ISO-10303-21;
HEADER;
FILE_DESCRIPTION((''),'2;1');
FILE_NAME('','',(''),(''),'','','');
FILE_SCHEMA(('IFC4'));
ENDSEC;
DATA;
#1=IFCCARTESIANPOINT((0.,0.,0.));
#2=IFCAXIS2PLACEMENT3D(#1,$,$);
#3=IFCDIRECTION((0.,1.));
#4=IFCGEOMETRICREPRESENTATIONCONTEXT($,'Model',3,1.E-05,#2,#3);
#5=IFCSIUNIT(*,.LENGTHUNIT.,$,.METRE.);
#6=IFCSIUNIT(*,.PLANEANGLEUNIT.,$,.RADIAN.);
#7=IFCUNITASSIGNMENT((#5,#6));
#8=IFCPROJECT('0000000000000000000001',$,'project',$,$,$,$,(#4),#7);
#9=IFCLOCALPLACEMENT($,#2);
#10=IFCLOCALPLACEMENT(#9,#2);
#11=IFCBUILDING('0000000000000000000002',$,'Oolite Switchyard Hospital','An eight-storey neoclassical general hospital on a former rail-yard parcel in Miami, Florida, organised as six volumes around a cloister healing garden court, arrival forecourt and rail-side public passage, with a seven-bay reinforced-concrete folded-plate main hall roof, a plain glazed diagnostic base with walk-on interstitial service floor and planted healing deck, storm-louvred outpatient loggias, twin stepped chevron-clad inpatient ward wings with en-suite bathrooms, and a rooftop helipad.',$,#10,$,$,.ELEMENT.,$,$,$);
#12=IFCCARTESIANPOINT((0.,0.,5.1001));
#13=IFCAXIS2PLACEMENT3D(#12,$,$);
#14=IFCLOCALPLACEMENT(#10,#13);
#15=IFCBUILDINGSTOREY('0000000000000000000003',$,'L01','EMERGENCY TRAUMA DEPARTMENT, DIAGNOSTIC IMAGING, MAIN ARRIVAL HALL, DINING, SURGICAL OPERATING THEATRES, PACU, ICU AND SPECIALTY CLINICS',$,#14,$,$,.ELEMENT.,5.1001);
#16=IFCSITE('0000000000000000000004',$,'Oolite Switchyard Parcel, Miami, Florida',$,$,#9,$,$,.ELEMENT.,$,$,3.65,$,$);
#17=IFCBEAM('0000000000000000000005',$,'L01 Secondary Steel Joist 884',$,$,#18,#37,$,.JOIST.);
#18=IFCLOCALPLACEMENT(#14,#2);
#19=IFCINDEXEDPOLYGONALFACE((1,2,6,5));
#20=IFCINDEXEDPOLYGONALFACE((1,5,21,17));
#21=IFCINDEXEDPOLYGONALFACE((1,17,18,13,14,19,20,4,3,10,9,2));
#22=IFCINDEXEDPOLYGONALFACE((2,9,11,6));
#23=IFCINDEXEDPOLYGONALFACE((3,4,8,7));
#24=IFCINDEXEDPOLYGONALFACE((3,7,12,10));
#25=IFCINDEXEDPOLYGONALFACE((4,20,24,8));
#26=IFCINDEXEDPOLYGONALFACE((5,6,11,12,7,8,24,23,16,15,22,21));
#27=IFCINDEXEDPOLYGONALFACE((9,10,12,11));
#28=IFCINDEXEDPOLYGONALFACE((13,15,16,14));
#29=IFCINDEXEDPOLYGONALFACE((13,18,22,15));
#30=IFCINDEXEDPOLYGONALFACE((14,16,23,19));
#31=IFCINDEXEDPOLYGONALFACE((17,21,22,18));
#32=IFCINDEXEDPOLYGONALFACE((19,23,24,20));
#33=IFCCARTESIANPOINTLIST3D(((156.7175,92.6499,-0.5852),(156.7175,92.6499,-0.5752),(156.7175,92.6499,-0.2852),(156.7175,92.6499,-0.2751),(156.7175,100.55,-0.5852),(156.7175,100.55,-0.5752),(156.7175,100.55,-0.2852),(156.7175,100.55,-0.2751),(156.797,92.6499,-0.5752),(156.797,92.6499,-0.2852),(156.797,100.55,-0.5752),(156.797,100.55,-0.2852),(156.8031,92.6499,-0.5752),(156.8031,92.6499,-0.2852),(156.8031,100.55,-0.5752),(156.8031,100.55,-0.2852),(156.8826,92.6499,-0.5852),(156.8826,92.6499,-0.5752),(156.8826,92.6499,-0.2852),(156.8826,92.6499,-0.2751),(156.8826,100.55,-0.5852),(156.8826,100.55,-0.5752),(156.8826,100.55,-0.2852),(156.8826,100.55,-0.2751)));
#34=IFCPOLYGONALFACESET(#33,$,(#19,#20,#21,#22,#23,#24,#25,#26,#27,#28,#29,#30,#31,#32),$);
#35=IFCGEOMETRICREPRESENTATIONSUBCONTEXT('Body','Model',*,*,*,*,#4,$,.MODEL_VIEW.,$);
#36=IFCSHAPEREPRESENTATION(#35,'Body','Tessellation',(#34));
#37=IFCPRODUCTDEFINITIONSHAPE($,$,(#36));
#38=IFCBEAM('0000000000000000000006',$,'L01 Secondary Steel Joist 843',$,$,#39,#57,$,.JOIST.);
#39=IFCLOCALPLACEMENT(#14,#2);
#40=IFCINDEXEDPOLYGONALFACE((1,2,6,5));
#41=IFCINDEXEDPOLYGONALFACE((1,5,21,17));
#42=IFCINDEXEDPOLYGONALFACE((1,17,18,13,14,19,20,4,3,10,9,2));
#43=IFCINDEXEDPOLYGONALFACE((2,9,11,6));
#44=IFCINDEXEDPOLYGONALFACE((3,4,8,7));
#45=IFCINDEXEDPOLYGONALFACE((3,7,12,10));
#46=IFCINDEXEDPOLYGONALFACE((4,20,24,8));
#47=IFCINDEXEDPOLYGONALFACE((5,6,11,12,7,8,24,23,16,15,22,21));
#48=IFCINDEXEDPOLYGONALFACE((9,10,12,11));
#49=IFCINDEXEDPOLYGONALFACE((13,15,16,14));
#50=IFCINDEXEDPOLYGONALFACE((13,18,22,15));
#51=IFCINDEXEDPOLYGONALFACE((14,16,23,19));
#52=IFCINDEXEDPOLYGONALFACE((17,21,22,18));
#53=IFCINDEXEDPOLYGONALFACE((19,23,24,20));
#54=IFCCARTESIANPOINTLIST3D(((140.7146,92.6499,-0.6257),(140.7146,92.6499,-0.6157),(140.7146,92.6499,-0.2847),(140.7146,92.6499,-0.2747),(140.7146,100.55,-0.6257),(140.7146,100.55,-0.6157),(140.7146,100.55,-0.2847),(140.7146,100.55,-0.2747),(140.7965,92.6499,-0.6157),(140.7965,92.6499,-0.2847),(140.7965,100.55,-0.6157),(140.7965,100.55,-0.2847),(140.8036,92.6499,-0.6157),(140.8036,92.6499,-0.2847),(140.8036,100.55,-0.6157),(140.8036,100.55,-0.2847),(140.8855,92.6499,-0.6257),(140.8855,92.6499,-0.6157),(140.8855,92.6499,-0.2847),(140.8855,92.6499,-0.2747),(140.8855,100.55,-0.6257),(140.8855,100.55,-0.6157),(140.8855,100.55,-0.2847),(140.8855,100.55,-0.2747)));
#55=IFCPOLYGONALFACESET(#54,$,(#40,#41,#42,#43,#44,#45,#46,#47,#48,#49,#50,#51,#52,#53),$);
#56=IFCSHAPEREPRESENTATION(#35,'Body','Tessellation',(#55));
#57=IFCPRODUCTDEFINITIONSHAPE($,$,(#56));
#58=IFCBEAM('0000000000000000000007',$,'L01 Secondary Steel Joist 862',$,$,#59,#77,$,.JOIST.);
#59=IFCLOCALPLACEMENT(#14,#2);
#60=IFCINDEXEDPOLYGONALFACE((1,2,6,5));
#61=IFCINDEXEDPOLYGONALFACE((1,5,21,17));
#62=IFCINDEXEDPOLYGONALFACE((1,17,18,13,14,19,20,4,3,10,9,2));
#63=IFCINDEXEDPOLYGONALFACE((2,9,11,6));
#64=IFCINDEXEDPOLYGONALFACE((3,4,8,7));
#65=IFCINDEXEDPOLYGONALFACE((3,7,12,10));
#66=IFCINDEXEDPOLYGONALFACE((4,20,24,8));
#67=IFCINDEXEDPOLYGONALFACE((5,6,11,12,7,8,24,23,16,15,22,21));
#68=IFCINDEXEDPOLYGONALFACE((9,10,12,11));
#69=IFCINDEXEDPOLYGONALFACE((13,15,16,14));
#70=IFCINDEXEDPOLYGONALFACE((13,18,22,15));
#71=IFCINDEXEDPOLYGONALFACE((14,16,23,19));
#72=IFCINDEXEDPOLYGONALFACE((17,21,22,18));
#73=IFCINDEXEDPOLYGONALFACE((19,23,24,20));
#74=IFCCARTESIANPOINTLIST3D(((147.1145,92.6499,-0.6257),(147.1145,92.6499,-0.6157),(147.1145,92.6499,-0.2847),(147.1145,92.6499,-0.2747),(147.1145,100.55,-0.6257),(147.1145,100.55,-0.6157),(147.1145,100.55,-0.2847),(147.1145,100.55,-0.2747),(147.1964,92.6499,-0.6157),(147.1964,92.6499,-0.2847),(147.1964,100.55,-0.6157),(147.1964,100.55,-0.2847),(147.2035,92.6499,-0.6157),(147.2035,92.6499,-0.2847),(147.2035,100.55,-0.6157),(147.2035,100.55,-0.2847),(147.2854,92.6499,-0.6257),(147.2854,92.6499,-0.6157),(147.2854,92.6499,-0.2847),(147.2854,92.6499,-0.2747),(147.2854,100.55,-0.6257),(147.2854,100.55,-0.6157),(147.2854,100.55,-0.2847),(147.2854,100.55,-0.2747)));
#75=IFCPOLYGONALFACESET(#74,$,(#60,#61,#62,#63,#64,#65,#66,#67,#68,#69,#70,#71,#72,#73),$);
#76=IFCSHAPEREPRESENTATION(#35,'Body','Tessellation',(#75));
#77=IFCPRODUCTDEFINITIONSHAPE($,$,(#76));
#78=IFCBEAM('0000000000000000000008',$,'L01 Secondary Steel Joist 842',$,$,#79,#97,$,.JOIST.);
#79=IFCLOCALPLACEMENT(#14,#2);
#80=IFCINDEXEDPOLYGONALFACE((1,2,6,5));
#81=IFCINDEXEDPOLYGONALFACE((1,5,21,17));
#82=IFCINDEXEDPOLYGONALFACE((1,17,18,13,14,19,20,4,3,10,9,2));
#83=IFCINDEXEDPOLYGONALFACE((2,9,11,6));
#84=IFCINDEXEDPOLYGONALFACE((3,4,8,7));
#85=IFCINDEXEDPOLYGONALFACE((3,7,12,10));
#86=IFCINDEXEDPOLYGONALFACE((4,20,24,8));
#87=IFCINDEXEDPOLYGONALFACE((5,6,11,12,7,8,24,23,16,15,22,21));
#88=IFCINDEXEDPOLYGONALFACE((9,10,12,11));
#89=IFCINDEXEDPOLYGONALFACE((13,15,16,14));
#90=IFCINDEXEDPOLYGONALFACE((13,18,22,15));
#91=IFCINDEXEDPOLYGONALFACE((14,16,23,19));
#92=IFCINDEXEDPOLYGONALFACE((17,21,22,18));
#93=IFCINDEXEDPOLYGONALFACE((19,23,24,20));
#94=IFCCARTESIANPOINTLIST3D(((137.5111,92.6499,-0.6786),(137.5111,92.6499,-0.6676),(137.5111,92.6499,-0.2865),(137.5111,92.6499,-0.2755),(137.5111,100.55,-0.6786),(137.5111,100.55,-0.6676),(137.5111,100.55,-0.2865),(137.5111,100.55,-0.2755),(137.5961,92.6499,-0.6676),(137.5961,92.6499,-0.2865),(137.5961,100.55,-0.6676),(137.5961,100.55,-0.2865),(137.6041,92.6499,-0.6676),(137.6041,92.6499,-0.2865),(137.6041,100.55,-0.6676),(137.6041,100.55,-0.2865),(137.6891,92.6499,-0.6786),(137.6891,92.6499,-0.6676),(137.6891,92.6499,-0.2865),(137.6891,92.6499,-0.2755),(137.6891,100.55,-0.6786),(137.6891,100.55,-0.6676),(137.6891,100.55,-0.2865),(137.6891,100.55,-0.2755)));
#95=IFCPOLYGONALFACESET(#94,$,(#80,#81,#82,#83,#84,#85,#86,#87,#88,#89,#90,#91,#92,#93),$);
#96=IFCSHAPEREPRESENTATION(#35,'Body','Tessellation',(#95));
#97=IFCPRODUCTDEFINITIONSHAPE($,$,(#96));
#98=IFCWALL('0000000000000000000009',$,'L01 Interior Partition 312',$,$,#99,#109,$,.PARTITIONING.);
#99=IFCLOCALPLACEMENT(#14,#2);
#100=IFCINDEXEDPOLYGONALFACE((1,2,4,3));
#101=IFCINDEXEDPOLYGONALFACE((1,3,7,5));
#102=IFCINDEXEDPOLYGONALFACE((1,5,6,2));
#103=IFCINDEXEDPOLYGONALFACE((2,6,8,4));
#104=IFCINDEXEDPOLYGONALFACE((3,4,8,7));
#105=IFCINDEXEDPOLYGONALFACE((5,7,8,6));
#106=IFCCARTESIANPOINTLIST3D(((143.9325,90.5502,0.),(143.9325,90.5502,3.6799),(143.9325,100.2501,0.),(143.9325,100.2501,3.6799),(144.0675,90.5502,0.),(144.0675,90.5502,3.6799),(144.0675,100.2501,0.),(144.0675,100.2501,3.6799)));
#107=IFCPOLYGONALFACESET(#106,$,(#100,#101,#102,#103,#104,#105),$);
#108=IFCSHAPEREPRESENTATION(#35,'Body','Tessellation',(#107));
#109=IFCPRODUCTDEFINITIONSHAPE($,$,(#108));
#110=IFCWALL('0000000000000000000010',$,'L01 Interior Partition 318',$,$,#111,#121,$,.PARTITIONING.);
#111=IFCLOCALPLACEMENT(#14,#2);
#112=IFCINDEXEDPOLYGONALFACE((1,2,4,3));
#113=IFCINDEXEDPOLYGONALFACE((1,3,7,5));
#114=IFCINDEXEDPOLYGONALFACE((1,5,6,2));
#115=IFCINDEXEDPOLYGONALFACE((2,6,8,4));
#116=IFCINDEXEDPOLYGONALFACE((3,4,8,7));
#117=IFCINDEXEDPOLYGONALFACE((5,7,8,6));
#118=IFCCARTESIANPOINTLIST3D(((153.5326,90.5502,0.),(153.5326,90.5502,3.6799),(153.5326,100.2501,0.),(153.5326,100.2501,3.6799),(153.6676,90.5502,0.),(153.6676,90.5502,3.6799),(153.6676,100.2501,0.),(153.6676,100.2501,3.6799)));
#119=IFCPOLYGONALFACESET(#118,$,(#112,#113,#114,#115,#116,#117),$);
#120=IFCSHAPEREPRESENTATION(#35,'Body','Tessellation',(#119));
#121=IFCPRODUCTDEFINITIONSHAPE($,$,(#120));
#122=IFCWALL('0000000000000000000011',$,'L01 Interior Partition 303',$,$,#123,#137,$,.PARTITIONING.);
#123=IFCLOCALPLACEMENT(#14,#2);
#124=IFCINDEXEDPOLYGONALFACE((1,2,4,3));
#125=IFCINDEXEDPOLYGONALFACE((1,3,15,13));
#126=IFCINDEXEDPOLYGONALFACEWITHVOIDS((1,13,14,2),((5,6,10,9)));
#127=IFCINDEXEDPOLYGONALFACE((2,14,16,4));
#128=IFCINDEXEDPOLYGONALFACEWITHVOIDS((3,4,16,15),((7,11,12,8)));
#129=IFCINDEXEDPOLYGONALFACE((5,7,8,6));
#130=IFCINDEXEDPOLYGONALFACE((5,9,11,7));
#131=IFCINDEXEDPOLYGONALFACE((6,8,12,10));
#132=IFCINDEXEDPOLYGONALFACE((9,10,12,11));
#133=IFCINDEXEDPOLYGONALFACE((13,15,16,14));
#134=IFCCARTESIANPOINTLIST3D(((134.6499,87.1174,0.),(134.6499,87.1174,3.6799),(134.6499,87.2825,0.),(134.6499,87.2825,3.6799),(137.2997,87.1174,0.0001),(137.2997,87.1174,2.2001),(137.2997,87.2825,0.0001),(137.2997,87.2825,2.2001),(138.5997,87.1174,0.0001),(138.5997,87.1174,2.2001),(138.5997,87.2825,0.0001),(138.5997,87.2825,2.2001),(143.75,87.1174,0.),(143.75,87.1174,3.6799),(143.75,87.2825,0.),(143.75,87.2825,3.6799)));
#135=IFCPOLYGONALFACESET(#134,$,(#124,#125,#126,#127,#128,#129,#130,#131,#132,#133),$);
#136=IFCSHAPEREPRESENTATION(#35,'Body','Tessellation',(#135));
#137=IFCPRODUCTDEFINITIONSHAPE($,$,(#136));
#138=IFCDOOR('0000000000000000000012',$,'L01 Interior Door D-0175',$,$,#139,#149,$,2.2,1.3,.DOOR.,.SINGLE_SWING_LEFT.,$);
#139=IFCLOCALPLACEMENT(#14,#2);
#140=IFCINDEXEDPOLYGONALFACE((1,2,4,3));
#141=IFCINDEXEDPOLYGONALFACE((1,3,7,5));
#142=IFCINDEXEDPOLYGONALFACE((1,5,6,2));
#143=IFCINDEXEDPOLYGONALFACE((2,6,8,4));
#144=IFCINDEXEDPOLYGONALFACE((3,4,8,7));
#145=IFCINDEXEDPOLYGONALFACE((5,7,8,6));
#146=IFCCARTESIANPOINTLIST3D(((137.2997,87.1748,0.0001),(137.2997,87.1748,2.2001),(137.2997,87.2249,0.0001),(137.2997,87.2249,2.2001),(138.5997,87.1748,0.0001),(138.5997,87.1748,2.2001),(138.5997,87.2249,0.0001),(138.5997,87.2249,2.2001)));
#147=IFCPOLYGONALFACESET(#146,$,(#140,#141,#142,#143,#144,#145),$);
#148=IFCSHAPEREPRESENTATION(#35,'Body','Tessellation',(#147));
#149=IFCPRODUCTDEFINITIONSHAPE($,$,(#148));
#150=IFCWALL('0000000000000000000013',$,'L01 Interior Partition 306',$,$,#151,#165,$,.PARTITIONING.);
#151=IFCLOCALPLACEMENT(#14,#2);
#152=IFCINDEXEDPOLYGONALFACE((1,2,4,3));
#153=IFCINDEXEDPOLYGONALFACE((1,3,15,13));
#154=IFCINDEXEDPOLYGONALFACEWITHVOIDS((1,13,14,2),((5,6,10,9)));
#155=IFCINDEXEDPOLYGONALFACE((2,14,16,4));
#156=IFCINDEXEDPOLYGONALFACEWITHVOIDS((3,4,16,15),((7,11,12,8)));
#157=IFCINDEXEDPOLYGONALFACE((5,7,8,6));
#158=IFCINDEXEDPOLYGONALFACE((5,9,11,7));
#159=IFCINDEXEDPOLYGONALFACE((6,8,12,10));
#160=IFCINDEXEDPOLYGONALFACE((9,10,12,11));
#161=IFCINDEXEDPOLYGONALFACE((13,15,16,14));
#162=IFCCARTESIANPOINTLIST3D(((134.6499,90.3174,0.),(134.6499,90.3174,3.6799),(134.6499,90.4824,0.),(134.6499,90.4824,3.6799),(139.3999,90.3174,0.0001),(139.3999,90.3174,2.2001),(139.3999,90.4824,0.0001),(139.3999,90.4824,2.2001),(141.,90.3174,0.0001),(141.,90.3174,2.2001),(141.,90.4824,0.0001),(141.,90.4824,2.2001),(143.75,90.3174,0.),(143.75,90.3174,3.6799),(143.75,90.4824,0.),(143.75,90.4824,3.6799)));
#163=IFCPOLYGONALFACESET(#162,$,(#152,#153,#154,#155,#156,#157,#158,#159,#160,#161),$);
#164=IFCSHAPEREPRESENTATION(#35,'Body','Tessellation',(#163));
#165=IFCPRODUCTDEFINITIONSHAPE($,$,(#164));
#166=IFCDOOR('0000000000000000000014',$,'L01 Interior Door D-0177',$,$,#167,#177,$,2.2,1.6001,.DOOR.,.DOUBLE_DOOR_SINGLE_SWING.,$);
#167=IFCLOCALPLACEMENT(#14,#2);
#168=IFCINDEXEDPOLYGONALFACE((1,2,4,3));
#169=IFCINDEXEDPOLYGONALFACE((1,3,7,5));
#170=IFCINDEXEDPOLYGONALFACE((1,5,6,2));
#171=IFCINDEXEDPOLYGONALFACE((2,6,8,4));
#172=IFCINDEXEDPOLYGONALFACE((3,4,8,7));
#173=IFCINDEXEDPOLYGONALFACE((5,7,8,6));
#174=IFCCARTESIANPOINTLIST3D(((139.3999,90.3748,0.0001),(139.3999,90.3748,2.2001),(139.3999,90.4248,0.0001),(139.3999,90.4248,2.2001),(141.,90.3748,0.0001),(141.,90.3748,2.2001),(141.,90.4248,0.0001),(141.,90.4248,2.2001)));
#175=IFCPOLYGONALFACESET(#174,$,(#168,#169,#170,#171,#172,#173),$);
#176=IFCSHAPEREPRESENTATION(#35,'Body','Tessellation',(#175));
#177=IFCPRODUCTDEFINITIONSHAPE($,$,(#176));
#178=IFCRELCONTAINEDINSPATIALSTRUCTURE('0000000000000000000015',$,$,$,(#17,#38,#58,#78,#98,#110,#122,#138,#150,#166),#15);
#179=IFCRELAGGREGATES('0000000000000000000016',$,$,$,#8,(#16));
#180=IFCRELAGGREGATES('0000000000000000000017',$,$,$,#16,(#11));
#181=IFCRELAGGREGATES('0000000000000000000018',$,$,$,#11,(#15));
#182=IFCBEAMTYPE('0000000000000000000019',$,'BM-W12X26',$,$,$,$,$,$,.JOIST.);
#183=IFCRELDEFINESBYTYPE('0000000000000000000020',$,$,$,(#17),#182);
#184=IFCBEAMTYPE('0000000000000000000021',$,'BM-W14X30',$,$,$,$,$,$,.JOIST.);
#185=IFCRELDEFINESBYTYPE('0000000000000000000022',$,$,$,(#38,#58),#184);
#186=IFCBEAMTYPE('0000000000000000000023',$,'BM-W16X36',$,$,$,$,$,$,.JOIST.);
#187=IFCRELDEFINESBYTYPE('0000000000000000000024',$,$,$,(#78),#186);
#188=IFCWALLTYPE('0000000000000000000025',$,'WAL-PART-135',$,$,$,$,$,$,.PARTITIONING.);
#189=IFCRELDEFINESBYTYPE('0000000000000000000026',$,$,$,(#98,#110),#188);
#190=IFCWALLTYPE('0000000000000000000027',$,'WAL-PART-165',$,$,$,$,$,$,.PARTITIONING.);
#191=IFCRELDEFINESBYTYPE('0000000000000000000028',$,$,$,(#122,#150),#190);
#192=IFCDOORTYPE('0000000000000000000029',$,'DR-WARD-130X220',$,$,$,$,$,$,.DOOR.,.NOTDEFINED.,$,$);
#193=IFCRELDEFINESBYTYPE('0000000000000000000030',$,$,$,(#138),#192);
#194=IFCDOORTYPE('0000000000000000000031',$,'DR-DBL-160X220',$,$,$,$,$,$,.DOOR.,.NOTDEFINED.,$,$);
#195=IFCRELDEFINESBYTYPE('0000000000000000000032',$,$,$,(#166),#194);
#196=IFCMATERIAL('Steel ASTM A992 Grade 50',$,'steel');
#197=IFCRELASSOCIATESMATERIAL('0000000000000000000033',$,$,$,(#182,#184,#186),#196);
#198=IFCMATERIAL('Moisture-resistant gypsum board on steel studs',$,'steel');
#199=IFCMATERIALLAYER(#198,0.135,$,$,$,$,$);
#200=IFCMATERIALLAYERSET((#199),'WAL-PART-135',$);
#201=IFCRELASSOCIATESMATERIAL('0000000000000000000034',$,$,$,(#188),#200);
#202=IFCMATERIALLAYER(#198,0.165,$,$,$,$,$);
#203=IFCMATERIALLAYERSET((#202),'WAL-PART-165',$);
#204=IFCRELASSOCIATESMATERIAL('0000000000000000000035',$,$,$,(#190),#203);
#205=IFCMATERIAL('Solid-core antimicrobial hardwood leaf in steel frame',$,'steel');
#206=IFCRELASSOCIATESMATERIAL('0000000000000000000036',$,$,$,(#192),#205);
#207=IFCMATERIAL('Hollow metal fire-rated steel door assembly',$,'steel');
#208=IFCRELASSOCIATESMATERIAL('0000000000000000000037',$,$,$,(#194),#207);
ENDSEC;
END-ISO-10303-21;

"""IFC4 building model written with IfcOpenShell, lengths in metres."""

from ifc_helpers import new_model, si_unit, direction, frame, frame_2d, origin, origin_2d, place, context, subcontext, project, spatial, rectangle, i_section, extrude, material, layer, layer_set, material_profile, profile_set, type_object, element, fill, save


model = new_model("IFC4")

# Units and contexts
model_context = context("Model", 3, precision=1e-05, world=origin(), true_north=direction((0.0, 1.0)))
body_context = subcontext(model_context, "Body", "Model", "MODEL_VIEW")
ifc_project = project(units=[si_unit("LENGTHUNIT", "METRE"), si_unit("PLANEANGLEUNIT", "RADIAN")], contexts=[model_context])

# Site, building, storey
site_placement = place(None, origin())
site = spatial("IfcSite", under=ifc_project, at=site_placement, Name="Oolite Switchyard Parcel, Miami, Florida", CompositionType="ELEMENT", RefElevation=3.65)
building_placement = place(site_placement, origin())
building = spatial("IfcBuilding", under=site, at=building_placement, Name="Oolite Switchyard Hospital", Description="An eight-storey neoclassical general hospital on a former rail-yard parcel in Miami, Florida, organised as six volumes around a cloister healing garden court, arrival forecourt and rail-side public passage, with a seven-bay reinforced-concrete folded-plate main hall roof, a plain glazed diagnostic base with walk-on interstitial service floor and planted healing deck, storm-louvred outpatient loggias, twin stepped chevron-clad inpatient ward wings with en-suite bathrooms, and a rooftop helipad.", CompositionType="ELEMENT")
storey_placement = place(building_placement, frame((0.0, 0.0, 5.1001)))
storey = spatial("IfcBuildingStorey", under=building, at=storey_placement, Name="L01", Description="EMERGENCY TRAUMA DEPARTMENT, DIAGNOSTIC IMAGING, MAIN ARRIVAL HALL, DINING, SURGICAL OPERATING THEATRES, PACU, ICU AND SPECIALTY CLINICS", CompositionType="ELEMENT", Elevation=5.1001)

# Beams
ifc_material_1 = material(Name="Steel ASTM A992 Grade 50", Category="steel")
ifc_material_profile_1 = material_profile(ifc_material_1, i_section(OverallWidth=0.165, OverallDepth=0.3101, WebThickness=0.0061, FlangeThickness=0.01, at=origin_2d()), Name="W12X26")
ifc_profile_set_1 = profile_set([ifc_material_profile_1], Name="Steel ASTM A992 Grade 50")
beam_type_1 = type_object("IfcBeamType", Name="BM-W12X26", PredefinedType="JOIST", material=ifc_profile_set_1)
for number, where, z_axis, x_axis, name in (
    (1, (156.8, 92.6499, -0.4302), (0.0, 1.0, 0.0), (-1.0, 0.0, 0.0), "L01 Secondary Steel Joist 884"),
):
    element("IfcBeam", number, at=place(storey_placement, frame(where, z_axis=z_axis, x_axis=x_axis)), inside=storey, type_object=beam_type_1, Name=name, PredefinedType="JOIST", context=body_context, shape_type="SweptSolid", body=[
        extrude(i_section(OverallWidth=0.165, OverallDepth=0.3101, WebThickness=0.0061, FlangeThickness=0.01, at=origin_2d()), origin(), (0.0, 0.0, 1.0), 7.9001),
    ])
ifc_material_profile_2 = material_profile(ifc_material_1, i_section(OverallWidth=0.1709, OverallDepth=0.3511, WebThickness=0.0071, FlangeThickness=0.01, at=origin_2d()), Name="W14X30")
ifc_profile_set_2 = profile_set([ifc_material_profile_2], Name="Steel ASTM A992 Grade 50")
beam_type_2 = type_object("IfcBeamType", Name="BM-W14X30", PredefinedType="JOIST", material=ifc_profile_set_2)
for number, where, z_axis, x_axis, name in (
    (2, (140.8, 92.6499, -0.4502), (0.0, 1.0, 0.0), (-1.0, 0.0, 0.0), "L01 Secondary Steel Joist 843"),
    (3, (147.2, 92.6499, -0.4502), (0.0, 1.0, 0.0), (-1.0, 0.0, 0.0), "L01 Secondary Steel Joist 862"),
):
    element("IfcBeam", number, at=place(storey_placement, frame(where, z_axis=z_axis, x_axis=x_axis)), inside=storey, type_object=beam_type_2, Name=name, PredefinedType="JOIST", context=body_context, shape_type="SweptSolid", body=[
        extrude(i_section(OverallWidth=0.1709, OverallDepth=0.3511, WebThickness=0.0071, FlangeThickness=0.01, at=origin_2d()), origin(), (0.0, 0.0, 1.0), 7.9001),
    ])
ifc_material_profile_3 = material_profile(ifc_material_1, i_section(OverallWidth=0.178, OverallDepth=0.4031, WebThickness=0.0081, FlangeThickness=0.011, at=origin_2d()), Name="W16X36")
ifc_profile_set_3 = profile_set([ifc_material_profile_3], Name="Steel ASTM A992 Grade 50")
beam_type_3 = type_object("IfcBeamType", Name="BM-W16X36", PredefinedType="JOIST", material=ifc_profile_set_3)
beam_1_placement = place(storey_placement, frame((137.6001, 92.6499, -0.4771), z_axis=(0.0, 1.0, 0.0), x_axis=(-1.0, 0.0, 0.0)))
element("IfcBeam", 4, at=beam_1_placement, inside=storey, type_object=beam_type_3, Name="L01 Secondary Steel Joist 842", PredefinedType="JOIST", context=body_context, shape_type="SweptSolid", body=[
    extrude(i_section(OverallWidth=0.178, OverallDepth=0.4031, WebThickness=0.0081, FlangeThickness=0.011, at=origin_2d()), origin(), (0.0, 0.0, 1.0), 7.9001),
])

# Walls
ifc_material_2 = material(Name="Moisture-resistant gypsum board on steel studs", Category="steel")
ifc_layer_1 = layer(ifc_material_2, 0.135)
ifc_layer_set_1 = layer_set([ifc_layer_1], Name="WAL-PART-135")
wall_type_1 = type_object("IfcWallType", Name="WAL-PART-135", PredefinedType="PARTITIONING", material=ifc_layer_set_1)
for number, where, z_axis, x_axis, name in (
    (5, (144.0, 90.55, 0.0), (0.0, 0.0, 1.0), (0.0, 1.0, 0.0), "L01 Interior Partition 312"),
    (6, (153.6001, 90.55, 0.0), (0.0, 0.0, 1.0), (0.0, 1.0, 0.0), "L01 Interior Partition 318"),
):
    element("IfcWall", number, at=place(storey_placement, frame(where, z_axis=z_axis, x_axis=x_axis)), inside=storey, type_object=wall_type_1, Name=name, PredefinedType="PARTITIONING", context=body_context, shape_type="SweptSolid", body=[
        extrude(rectangle(XDim=9.7, YDim=0.135, at=frame_2d((4.8501, 0.0))), origin(), (0.0, 0.0, 1.0), 3.6799),
    ])

# Walls, openings, doors
ifc_layer_2 = layer(ifc_material_2, 0.165)
ifc_layer_set_2 = layer_set([ifc_layer_2], Name="WAL-PART-165")
wall_type_2 = type_object("IfcWallType", Name="WAL-PART-165", PredefinedType="PARTITIONING", material=ifc_layer_set_2)
wall_1_placement = place(storey_placement, frame((134.6499, 87.2, 0.0), z_axis=(0.0, 0.0, 1.0), x_axis=(1.0, 0.0, 0.0)))
wall_1 = element("IfcWall", 7, at=wall_1_placement, inside=storey, type_object=wall_type_2, Name="L01 Interior Partition 303", PredefinedType="PARTITIONING", context=body_context, shape_type="SweptSolid", body=[
    extrude(rectangle(XDim=9.1001, YDim=0.165, at=frame_2d((4.55, 0.0))), origin(), (0.0, 0.0, 1.0), 3.6799),
])
opening_1_placement = place(wall_1_placement, frame((2.6499, 0.0, 0.0)))
opening_1 = element("IfcOpeningElement", 8, at=opening_1_placement, cuts=wall_1, PredefinedType="OPENING", context=body_context, shape_type="SweptSolid", body=[
    extrude(rectangle(XDim=1.3, YDim=2.2, at=frame_2d((0.6499, 1.1001))), frame((0.0, 0.0925, 0.0), z_axis=(0.0, -1.0, 0.0), x_axis=(1.0, 0.0, 0.0)), (0.0, 0.0, 1.0), 0.1851),
])
ifc_material_3 = material(Name="Solid-core antimicrobial hardwood leaf in steel frame", Category="steel")
door_type_1 = type_object("IfcDoorType", Name="DR-WARD-130X220", OperationType="NOTDEFINED", PredefinedType="DOOR", material=ifc_material_3)
door_1_placement = place(opening_1_placement, origin())
door_1 = element("IfcDoor", 9, at=door_1_placement, inside=storey, type_object=door_type_1, Name="L01 Interior Door D-0175", OperationType="SINGLE_SWING_LEFT", OverallHeight=2.2, OverallWidth=1.3, PredefinedType="DOOR", context=body_context, shape_type="SweptSolid", body=[
    extrude(rectangle(XDim=1.3, YDim=2.2, at=frame_2d((0.6499, 1.1001))), frame((0.0, 0.0249, 0.0), z_axis=(0.0, -1.0, 0.0), x_axis=(1.0, 0.0, 0.0)), (0.0, 0.0, 1.0), 0.05),
])
fill(opening_1, door_1)
wall_2_placement = place(storey_placement, frame((134.6499, 90.3999, 0.0), z_axis=(0.0, 0.0, 1.0), x_axis=(1.0, 0.0, 0.0)))
wall_2 = element("IfcWall", 10, at=wall_2_placement, inside=storey, type_object=wall_type_2, Name="L01 Interior Partition 306", PredefinedType="PARTITIONING", context=body_context, shape_type="SweptSolid", body=[
    extrude(rectangle(XDim=9.1001, YDim=0.165, at=frame_2d((4.55, 0.0))), origin(), (0.0, 0.0, 1.0), 3.6799),
])
opening_2_placement = place(wall_2_placement, frame((4.75, 0.0, 0.0)))
opening_2 = element("IfcOpeningElement", 11, at=opening_2_placement, cuts=wall_2, PredefinedType="OPENING", context=body_context, shape_type="SweptSolid", body=[
    extrude(rectangle(XDim=1.6001, YDim=2.2, at=frame_2d((0.8, 1.1001))), frame((0.0, 0.0925, 0.0), z_axis=(0.0, -1.0, 0.0), x_axis=(1.0, 0.0, 0.0)), (0.0, 0.0, 1.0), 0.1851),
])
ifc_material_4 = material(Name="Hollow metal fire-rated steel door assembly", Category="steel")
door_type_2 = type_object("IfcDoorType", Name="DR-DBL-160X220", OperationType="NOTDEFINED", PredefinedType="DOOR", material=ifc_material_4)
door_2_placement = place(opening_2_placement, origin())
door_2 = element("IfcDoor", 12, at=door_2_placement, inside=storey, type_object=door_type_2, Name="L01 Interior Door D-0177", OperationType="DOUBLE_DOOR_SINGLE_SWING", OverallHeight=2.2, OverallWidth=1.6001, PredefinedType="DOOR", context=body_context, shape_type="SweptSolid", body=[
    extrude(rectangle(XDim=1.6001, YDim=2.2, at=frame_2d((0.8, 1.1001))), frame((0.0, 0.0249, 0.0), z_axis=(0.0, -1.0, 0.0), x_axis=(1.0, 0.0, 0.0)), (0.0, 0.0, 1.0), 0.05),
])
fill(opening_2, door_2)

save(model, "model.ifc")
